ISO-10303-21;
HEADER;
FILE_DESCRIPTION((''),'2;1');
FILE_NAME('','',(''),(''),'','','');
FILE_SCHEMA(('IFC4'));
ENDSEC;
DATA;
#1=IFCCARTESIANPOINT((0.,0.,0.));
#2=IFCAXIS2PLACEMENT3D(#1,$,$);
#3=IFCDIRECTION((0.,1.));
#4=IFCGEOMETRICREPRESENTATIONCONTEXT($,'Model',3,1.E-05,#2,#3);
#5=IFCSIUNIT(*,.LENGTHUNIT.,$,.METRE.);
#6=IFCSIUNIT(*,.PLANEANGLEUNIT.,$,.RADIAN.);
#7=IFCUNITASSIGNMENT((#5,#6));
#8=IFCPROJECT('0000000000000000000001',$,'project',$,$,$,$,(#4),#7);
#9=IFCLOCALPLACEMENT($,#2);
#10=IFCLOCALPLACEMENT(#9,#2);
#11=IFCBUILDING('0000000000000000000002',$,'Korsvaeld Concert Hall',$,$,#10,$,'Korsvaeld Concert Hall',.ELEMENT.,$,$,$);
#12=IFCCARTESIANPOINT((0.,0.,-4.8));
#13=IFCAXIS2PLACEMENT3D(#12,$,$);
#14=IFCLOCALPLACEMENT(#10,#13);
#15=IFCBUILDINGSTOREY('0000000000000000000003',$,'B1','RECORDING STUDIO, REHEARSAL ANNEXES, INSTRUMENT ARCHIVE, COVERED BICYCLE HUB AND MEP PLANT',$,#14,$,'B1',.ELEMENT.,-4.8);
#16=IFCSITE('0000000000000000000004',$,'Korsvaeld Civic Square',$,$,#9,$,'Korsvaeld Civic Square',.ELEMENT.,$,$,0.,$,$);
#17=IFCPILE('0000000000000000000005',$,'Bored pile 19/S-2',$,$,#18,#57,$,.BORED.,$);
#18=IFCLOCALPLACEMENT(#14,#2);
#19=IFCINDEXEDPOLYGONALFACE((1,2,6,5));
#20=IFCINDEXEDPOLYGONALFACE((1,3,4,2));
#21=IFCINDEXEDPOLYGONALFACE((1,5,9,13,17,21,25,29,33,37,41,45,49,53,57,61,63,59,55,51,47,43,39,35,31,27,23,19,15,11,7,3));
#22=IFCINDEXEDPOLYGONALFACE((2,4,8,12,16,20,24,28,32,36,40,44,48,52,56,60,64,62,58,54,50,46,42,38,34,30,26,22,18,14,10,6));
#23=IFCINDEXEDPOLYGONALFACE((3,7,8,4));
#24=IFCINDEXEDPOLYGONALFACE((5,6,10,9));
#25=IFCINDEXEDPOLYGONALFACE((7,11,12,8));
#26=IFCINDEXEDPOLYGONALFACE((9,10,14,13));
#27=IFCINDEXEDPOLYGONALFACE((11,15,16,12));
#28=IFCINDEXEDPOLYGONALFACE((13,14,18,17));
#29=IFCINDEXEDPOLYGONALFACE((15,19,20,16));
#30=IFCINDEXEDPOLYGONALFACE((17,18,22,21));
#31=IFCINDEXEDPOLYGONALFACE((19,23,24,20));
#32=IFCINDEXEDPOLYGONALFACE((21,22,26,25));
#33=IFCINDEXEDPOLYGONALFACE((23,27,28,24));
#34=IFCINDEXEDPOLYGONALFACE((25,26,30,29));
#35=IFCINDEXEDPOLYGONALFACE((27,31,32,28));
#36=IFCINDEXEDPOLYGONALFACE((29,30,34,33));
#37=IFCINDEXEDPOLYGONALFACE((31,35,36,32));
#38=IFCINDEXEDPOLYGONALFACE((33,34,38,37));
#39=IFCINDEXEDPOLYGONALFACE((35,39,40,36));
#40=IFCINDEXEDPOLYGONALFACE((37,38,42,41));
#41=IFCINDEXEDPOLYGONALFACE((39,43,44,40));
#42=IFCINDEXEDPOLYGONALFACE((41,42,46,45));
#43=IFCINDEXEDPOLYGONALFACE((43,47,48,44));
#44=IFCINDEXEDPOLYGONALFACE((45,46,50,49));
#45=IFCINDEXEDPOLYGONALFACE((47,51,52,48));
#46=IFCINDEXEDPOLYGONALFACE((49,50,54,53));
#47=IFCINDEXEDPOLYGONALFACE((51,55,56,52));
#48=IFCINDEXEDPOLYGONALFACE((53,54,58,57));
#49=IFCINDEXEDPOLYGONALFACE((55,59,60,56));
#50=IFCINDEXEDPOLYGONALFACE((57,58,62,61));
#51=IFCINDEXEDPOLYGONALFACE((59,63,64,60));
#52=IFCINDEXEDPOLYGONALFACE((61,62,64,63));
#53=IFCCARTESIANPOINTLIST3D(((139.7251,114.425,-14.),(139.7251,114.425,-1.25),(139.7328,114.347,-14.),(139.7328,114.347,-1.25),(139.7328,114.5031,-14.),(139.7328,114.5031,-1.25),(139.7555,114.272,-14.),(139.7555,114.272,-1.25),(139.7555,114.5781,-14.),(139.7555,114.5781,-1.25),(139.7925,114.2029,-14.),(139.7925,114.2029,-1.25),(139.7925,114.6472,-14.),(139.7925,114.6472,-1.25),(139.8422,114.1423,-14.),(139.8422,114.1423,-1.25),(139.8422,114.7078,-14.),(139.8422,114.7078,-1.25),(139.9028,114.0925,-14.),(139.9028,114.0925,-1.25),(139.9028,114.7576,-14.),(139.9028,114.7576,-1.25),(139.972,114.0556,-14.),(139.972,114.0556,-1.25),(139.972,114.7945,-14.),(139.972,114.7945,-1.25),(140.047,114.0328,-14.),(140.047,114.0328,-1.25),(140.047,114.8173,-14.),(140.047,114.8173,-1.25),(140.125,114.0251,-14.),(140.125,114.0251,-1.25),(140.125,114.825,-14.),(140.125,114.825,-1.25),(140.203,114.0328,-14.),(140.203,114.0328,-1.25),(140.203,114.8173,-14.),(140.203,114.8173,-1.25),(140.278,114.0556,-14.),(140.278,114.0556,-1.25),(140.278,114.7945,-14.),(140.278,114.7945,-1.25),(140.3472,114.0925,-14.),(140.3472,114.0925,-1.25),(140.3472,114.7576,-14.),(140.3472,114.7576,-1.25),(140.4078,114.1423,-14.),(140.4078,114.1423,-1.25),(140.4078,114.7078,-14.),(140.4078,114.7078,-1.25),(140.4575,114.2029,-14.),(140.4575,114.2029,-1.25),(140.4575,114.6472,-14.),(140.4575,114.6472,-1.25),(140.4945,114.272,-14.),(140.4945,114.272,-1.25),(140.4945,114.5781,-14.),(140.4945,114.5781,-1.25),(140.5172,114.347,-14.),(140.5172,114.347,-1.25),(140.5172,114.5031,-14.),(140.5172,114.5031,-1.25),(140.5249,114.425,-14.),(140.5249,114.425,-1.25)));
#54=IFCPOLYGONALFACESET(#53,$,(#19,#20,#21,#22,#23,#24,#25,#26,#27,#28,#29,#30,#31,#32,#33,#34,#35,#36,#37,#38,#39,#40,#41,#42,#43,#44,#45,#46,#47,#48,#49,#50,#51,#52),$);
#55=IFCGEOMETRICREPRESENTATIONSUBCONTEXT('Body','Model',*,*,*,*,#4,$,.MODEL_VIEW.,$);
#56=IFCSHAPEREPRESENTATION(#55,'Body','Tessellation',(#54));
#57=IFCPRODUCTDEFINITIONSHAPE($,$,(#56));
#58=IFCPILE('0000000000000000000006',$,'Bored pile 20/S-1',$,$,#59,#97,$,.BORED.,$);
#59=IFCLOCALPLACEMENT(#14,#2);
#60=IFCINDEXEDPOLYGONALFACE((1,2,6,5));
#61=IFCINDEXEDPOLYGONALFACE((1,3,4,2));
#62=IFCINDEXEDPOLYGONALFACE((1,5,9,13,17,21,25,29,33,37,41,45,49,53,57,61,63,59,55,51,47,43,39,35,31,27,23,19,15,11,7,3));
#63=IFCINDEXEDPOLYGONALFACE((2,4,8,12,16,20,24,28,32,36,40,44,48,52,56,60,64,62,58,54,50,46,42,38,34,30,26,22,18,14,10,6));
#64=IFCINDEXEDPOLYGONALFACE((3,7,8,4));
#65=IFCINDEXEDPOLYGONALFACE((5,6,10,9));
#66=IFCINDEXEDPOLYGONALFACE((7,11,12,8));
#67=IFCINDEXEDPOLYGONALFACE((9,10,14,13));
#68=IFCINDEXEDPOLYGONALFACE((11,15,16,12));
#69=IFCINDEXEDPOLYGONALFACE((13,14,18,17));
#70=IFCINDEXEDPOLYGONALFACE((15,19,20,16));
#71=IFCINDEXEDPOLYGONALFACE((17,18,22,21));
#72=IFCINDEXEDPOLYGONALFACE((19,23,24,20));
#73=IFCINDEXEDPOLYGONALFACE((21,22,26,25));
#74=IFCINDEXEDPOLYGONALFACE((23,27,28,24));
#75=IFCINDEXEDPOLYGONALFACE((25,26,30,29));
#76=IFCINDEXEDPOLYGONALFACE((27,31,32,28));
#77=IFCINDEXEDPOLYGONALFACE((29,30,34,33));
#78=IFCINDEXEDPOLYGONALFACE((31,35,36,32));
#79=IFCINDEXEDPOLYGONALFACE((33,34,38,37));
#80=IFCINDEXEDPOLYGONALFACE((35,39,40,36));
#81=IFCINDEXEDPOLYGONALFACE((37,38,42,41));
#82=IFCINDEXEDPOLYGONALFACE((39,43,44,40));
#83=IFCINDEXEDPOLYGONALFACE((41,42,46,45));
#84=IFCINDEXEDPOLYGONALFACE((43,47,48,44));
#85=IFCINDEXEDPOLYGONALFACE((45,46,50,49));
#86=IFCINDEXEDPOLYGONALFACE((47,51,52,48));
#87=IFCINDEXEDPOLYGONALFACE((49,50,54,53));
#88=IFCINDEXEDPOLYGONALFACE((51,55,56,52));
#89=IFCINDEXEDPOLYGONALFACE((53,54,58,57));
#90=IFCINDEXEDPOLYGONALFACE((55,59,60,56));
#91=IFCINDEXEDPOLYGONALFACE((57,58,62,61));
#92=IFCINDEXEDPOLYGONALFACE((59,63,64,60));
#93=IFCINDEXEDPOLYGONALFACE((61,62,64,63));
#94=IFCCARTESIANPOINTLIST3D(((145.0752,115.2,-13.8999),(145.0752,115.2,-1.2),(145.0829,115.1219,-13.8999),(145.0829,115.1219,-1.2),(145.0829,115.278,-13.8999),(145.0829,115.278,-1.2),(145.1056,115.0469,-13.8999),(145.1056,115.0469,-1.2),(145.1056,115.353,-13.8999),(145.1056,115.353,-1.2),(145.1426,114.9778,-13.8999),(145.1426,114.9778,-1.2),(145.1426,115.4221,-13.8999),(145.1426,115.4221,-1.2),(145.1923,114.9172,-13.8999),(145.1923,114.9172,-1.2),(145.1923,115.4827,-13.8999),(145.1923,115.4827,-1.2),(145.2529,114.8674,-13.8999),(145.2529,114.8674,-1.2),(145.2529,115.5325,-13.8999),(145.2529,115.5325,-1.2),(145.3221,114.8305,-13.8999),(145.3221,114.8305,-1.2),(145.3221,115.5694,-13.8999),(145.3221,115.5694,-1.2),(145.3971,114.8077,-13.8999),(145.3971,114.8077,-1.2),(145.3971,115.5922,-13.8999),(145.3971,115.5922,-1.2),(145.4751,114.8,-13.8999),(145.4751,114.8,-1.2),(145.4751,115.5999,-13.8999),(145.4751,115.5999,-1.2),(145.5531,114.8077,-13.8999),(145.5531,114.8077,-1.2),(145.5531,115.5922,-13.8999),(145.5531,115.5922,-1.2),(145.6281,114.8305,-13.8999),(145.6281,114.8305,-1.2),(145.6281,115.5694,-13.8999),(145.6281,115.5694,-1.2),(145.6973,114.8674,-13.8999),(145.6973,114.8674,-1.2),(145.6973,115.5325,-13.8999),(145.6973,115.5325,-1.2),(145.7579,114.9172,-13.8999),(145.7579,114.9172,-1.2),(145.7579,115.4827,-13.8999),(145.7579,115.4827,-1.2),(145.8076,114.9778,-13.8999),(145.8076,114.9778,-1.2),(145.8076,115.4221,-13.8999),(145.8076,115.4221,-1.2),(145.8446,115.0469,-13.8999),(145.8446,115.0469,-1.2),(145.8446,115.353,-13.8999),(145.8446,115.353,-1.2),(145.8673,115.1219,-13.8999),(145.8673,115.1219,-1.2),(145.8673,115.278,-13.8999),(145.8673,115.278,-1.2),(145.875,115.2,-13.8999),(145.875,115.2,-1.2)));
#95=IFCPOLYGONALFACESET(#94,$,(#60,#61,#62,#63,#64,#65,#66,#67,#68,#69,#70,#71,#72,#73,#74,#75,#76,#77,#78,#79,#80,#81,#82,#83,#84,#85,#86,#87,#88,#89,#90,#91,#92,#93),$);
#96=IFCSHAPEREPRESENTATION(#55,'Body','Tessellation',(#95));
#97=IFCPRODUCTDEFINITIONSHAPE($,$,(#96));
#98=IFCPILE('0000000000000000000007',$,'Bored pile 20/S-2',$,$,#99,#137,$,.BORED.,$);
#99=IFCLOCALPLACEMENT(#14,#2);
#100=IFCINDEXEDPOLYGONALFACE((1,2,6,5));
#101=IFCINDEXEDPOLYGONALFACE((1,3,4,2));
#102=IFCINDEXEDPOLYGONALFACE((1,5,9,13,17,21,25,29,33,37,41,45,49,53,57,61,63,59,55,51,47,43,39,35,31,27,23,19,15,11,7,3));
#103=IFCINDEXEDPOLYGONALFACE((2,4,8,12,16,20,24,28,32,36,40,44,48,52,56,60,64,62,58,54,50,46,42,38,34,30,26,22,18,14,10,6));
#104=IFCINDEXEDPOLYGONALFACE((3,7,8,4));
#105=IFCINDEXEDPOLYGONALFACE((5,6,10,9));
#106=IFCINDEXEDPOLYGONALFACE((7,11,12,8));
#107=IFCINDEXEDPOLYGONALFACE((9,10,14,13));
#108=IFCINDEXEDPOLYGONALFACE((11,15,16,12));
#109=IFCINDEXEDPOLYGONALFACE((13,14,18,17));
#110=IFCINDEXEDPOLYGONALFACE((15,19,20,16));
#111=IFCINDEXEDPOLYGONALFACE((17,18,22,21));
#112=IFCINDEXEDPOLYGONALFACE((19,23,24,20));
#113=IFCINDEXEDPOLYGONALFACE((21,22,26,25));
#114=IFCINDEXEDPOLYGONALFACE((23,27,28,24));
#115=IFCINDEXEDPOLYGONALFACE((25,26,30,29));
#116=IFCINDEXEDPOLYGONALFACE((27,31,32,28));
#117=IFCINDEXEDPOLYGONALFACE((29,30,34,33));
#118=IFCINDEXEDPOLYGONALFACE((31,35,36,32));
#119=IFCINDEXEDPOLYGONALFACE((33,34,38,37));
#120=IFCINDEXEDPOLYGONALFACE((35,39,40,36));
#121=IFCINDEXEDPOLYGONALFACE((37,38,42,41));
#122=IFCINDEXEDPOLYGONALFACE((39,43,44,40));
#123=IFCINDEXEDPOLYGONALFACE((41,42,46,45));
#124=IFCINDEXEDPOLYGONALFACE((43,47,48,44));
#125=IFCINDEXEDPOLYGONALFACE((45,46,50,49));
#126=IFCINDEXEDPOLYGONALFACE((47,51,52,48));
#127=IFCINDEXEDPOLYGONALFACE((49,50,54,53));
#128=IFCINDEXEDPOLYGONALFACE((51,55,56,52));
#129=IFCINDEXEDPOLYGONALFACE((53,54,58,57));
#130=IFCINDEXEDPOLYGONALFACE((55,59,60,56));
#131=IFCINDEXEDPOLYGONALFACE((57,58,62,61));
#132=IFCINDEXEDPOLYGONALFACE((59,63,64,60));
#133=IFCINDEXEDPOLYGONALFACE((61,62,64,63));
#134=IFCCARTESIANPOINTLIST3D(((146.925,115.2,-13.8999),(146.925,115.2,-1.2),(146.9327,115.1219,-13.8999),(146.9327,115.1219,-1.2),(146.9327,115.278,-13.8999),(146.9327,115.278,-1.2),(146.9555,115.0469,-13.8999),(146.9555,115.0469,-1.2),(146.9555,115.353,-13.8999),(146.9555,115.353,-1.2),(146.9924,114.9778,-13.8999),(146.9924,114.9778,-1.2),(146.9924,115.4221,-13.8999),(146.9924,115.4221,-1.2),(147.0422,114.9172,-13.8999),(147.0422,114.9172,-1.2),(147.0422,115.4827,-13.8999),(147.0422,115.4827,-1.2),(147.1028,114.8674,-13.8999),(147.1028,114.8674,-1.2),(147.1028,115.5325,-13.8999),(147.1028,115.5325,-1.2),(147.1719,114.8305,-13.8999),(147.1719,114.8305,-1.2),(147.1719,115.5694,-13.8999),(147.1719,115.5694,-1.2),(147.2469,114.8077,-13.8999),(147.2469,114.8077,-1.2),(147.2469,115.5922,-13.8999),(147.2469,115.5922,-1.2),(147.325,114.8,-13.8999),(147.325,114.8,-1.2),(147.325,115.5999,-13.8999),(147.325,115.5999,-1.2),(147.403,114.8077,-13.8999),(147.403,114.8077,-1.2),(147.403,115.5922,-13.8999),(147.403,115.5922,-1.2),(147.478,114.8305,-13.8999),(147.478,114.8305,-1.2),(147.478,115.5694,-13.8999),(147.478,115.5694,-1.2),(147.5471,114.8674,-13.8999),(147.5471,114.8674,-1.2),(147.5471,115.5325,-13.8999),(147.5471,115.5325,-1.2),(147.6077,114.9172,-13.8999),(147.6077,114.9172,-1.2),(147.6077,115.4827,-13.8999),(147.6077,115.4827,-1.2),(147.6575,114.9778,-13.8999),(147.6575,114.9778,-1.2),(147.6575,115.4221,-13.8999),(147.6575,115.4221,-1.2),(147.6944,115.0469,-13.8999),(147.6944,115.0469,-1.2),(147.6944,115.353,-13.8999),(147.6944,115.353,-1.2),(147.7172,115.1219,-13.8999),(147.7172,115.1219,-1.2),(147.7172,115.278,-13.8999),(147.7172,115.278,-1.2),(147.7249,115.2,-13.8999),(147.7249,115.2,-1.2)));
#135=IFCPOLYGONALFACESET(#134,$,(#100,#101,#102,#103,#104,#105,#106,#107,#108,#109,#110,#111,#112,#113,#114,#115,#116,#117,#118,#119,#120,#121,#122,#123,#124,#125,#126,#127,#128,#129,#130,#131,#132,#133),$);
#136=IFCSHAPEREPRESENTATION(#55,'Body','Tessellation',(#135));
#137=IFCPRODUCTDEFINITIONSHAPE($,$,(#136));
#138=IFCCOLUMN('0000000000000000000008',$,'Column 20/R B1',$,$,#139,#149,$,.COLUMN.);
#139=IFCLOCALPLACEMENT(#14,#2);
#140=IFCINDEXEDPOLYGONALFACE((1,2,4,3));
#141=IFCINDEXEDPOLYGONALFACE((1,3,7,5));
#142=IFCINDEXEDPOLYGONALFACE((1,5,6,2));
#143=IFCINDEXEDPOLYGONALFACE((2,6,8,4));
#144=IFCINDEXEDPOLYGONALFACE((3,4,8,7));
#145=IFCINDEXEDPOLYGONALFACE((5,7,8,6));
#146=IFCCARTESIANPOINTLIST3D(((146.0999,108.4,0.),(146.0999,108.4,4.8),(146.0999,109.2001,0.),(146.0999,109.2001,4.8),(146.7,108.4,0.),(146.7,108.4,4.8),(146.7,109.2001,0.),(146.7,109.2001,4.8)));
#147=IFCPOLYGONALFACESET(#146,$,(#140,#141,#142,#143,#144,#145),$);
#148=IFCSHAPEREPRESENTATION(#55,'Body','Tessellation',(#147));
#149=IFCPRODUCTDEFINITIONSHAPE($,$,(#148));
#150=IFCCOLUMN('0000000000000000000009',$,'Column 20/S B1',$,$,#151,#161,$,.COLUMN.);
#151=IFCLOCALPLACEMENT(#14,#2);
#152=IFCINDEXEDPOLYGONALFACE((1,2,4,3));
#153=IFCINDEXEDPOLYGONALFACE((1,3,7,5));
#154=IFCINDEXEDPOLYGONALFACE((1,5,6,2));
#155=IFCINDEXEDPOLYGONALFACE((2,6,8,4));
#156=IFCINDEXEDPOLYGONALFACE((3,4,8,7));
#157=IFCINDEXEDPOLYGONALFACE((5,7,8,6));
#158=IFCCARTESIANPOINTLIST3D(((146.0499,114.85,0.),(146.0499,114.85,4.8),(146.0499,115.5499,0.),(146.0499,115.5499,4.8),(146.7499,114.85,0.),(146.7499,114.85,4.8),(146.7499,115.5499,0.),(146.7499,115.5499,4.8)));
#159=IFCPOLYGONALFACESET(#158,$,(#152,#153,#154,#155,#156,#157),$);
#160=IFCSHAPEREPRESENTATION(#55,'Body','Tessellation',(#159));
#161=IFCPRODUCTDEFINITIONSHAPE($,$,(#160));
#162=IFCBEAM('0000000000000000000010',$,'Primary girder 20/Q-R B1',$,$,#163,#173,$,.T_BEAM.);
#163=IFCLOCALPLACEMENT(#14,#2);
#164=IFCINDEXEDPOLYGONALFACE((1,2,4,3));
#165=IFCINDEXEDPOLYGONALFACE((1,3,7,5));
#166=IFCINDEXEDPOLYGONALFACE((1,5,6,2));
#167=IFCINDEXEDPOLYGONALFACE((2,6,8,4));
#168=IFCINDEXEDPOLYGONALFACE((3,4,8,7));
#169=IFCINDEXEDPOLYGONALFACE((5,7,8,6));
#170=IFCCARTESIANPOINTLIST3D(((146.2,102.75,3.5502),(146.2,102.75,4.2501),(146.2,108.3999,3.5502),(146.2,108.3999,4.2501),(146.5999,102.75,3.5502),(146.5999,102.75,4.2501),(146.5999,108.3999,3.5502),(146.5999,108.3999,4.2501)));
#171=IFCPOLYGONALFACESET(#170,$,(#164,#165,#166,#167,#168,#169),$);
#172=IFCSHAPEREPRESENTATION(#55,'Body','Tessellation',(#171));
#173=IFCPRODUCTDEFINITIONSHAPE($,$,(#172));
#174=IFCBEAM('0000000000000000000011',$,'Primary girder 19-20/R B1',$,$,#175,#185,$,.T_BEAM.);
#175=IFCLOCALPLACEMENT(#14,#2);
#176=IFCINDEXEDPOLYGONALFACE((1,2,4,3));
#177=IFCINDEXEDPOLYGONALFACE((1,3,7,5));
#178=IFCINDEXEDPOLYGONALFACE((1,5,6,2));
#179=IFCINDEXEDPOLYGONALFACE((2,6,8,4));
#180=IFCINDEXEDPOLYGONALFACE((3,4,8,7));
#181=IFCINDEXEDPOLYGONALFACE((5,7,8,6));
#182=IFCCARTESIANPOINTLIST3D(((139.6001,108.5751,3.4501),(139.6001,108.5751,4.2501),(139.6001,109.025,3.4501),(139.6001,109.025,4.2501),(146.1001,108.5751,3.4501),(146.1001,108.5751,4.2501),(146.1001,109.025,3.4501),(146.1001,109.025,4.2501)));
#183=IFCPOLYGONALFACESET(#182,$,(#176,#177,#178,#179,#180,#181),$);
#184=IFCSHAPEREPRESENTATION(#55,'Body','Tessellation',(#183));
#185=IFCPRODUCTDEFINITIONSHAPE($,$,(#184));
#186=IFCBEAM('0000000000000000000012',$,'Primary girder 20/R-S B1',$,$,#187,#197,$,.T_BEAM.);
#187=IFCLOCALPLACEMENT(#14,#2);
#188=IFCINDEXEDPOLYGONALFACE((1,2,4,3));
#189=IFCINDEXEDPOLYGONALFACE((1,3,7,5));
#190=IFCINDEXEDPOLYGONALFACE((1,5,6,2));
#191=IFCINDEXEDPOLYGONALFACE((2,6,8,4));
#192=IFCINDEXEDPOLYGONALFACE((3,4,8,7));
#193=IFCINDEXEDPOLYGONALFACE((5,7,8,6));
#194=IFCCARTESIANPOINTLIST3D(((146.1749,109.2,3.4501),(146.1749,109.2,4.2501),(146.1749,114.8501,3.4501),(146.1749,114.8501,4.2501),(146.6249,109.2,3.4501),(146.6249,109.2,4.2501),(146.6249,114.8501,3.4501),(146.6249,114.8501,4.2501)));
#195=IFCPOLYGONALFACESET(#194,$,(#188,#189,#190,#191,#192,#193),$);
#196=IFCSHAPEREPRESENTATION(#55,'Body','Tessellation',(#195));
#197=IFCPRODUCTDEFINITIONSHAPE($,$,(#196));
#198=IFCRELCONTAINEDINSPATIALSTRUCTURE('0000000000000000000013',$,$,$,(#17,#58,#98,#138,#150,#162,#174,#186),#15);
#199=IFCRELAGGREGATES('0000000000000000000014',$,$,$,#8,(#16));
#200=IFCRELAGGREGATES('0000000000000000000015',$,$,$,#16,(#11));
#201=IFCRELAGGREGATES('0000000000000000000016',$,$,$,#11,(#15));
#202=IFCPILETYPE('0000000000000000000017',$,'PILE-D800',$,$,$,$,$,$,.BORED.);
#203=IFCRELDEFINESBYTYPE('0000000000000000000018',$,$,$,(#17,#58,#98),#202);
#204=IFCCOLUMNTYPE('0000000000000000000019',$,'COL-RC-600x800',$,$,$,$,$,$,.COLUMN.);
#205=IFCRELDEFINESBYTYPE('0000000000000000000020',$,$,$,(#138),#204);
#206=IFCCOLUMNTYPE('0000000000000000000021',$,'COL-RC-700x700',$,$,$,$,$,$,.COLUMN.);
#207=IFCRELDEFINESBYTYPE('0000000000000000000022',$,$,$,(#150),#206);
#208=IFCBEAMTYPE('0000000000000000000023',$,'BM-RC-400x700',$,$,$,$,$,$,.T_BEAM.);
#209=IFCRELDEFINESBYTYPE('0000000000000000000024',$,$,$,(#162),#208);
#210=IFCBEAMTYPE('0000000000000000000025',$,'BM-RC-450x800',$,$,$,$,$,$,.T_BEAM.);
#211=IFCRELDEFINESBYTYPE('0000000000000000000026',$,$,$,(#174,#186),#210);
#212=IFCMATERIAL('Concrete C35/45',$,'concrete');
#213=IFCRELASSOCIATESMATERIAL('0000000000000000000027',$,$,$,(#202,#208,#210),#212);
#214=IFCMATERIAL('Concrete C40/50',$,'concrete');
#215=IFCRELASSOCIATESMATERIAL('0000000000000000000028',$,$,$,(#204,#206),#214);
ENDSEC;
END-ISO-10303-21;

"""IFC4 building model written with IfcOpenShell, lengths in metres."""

from ifc_helpers import new_model, si_unit, direction, frame, origin, origin_2d, place, context, subcontext, project, spatial, rectangle, circle, extrude, material, material_profile, profile_set, type_object, element, save


model = new_model("IFC4")

# Units and contexts
model_context = context("Model", 3, precision=1e-05, world=origin(), true_north=direction((0.0, 1.0)))
body_context = subcontext(model_context, "Body", "Model", "MODEL_VIEW")
ifc_project = project(units=[si_unit("LENGTHUNIT", "METRE"), si_unit("PLANEANGLEUNIT", "RADIAN")], contexts=[model_context])

# Site, building, storey
site_placement = place(None, origin())
site = spatial("IfcSite", under=ifc_project, at=site_placement, Name="Korsvaeld Civic Square", LongName="Korsvaeld Civic Square", CompositionType="ELEMENT", RefElevation=0.0)
building_placement = place(site_placement, origin())
building = spatial("IfcBuilding", under=site, at=building_placement, Name="Korsvaeld Concert Hall", LongName="Korsvaeld Concert Hall", CompositionType="ELEMENT")
storey_placement = place(building_placement, frame((0.0, 0.0, -4.8)))
storey = spatial("IfcBuildingStorey", under=building, at=storey_placement, Name="B1", Description="RECORDING STUDIO, REHEARSAL ANNEXES, INSTRUMENT ARCHIVE, COVERED BICYCLE HUB AND MEP PLANT", LongName="B1", CompositionType="ELEMENT", Elevation=-4.8)

# Shared definitions
ifc_material_1 = material(Name="Concrete C35/45", Category="concrete")

# Piles
ifc_material_profile_1 = material_profile(ifc_material_1, circle(Radius=0.3999, at=origin_2d()), Name="BORED PILE D800")
ifc_profile_set_1 = profile_set([ifc_material_profile_1], Name="Concrete C35/45")
pile_type_1 = type_object("IfcPileType", Name="PILE-D800", PredefinedType="BORED", material=ifc_profile_set_1)
pile_1_placement = place(storey_placement, frame((140.125, 114.425, -1.25), z_axis=(0.0, 0.0, -1.0), x_axis=(1.0, 0.0, 0.0)))
element("IfcPile", 1, at=pile_1_placement, inside=storey, type_object=pile_type_1, Name="Bored pile 19/S-2", PredefinedType="BORED", context=body_context, shape_type="SweptSolid", body=[
    extrude(circle(Radius=0.3999, at=origin_2d()), origin(), (0.0, 0.0, 1.0), 12.75),
])
for number, where, z_axis, x_axis, name in (
    (2, (145.4751, 115.2, -1.2), (0.0, 0.0, -1.0), (1.0, 0.0, 0.0), "Bored pile 20/S-1"),
    (3, (147.325, 115.2, -1.2), (0.0, 0.0, -1.0), (1.0, 0.0, 0.0), "Bored pile 20/S-2"),
):
    element("IfcPile", number, at=place(storey_placement, frame(where, z_axis=z_axis, x_axis=x_axis)), inside=storey, type_object=pile_type_1, Name=name, PredefinedType="BORED", context=body_context, shape_type="SweptSolid", body=[
        extrude(circle(Radius=0.3999, at=origin_2d()), origin(), (0.0, 0.0, 1.0), 12.7),
    ])

# Columns
ifc_material_2 = material(Name="Concrete C40/50", Category="concrete")
ifc_material_profile_2 = material_profile(ifc_material_2, rectangle(XDim=0.6001, YDim=0.8, at=origin_2d()), Name="RC 600x800")
ifc_profile_set_2 = profile_set([ifc_material_profile_2], Name="Concrete C40/50")
column_type_1 = type_object("IfcColumnType", Name="COL-RC-600x800", PredefinedType="COLUMN", material=ifc_profile_set_2)
column_1_placement = place(storey_placement, frame((146.3999, 108.8, 0.0), z_axis=(0.0, 0.0, 1.0), x_axis=(1.0, 0.0, 0.0)))
element("IfcColumn", 4, at=column_1_placement, inside=storey, type_object=column_type_1, Name="Column 20/R B1", PredefinedType="COLUMN", context=body_context, shape_type="SweptSolid", body=[
    extrude(rectangle(XDim=0.6001, YDim=0.8, at=origin_2d()), origin(), (0.0, 0.0, 1.0), 4.8),
])
ifc_material_profile_3 = material_profile(ifc_material_2, rectangle(XDim=0.7, YDim=0.7, at=origin_2d()), Name="RC 700x700")
ifc_profile_set_3 = profile_set([ifc_material_profile_3], Name="Concrete C40/50")
column_type_2 = type_object("IfcColumnType", Name="COL-RC-700x700", PredefinedType="COLUMN", material=ifc_profile_set_3)
column_2_placement = place(storey_placement, frame((146.3999, 115.2, 0.0), z_axis=(0.0, 0.0, 1.0), x_axis=(1.0, 0.0, 0.0)))
element("IfcColumn", 5, at=column_2_placement, inside=storey, type_object=column_type_2, Name="Column 20/S B1", PredefinedType="COLUMN", context=body_context, shape_type="SweptSolid", body=[
    extrude(rectangle(XDim=0.7, YDim=0.7, at=origin_2d()), origin(), (0.0, 0.0, 1.0), 4.8),
])

# Beams
ifc_material_profile_4 = material_profile(ifc_material_1, rectangle(XDim=0.3999, YDim=0.7, at=origin_2d()), Name="RC 400x700")
ifc_profile_set_4 = profile_set([ifc_material_profile_4], Name="Concrete C35/45")
beam_type_1 = type_object("IfcBeamType", Name="BM-RC-400x700", PredefinedType="T_BEAM", material=ifc_profile_set_4)
beam_1_placement = place(storey_placement, frame((146.3999, 102.75, 3.9001), z_axis=(0.0, 1.0, 0.0), x_axis=(-1.0, 0.0, 0.0)))
element("IfcBeam", 6, at=beam_1_placement, inside=storey, type_object=beam_type_1, Name="Primary girder 20/Q-R B1", PredefinedType="T_BEAM", context=body_context, shape_type="SweptSolid", body=[
    extrude(rectangle(XDim=0.3999, YDim=0.7, at=origin_2d()), origin(), (0.0, 0.0, 1.0), 5.6499),
])
ifc_material_profile_5 = material_profile(ifc_material_1, rectangle(XDim=0.45, YDim=0.8, at=origin_2d()), Name="RC 450x800")
ifc_profile_set_5 = profile_set([ifc_material_profile_5], Name="Concrete C35/45")
beam_type_2 = type_object("IfcBeamType", Name="BM-RC-450x800", PredefinedType="T_BEAM", material=ifc_profile_set_5)
beam_2_placement = place(storey_placement, frame((139.6001, 108.8, 3.8501), z_axis=(1.0, 0.0, 0.0), x_axis=(0.0, 1.0, 0.0)))
element("IfcBeam", 7, at=beam_2_placement, inside=storey, type_object=beam_type_2, Name="Primary girder 19-20/R B1", PredefinedType="T_BEAM", context=body_context, shape_type="SweptSolid", body=[
    extrude(rectangle(XDim=0.45, YDim=0.8, at=origin_2d()), origin(), (0.0, 0.0, 1.0), 6.5),
])
beam_3_placement = place(storey_placement, frame((146.3999, 109.2, 3.8501), z_axis=(0.0, 1.0, 0.0), x_axis=(-1.0, 0.0, 0.0)))
element("IfcBeam", 8, at=beam_3_placement, inside=storey, type_object=beam_type_2, Name="Primary girder 20/R-S B1", PredefinedType="T_BEAM", context=body_context, shape_type="SweptSolid", body=[
    extrude(rectangle(XDim=0.45, YDim=0.8, at=origin_2d()), origin(), (0.0, 0.0, 1.0), 5.6501),
])

save(model, "model.ifc")
